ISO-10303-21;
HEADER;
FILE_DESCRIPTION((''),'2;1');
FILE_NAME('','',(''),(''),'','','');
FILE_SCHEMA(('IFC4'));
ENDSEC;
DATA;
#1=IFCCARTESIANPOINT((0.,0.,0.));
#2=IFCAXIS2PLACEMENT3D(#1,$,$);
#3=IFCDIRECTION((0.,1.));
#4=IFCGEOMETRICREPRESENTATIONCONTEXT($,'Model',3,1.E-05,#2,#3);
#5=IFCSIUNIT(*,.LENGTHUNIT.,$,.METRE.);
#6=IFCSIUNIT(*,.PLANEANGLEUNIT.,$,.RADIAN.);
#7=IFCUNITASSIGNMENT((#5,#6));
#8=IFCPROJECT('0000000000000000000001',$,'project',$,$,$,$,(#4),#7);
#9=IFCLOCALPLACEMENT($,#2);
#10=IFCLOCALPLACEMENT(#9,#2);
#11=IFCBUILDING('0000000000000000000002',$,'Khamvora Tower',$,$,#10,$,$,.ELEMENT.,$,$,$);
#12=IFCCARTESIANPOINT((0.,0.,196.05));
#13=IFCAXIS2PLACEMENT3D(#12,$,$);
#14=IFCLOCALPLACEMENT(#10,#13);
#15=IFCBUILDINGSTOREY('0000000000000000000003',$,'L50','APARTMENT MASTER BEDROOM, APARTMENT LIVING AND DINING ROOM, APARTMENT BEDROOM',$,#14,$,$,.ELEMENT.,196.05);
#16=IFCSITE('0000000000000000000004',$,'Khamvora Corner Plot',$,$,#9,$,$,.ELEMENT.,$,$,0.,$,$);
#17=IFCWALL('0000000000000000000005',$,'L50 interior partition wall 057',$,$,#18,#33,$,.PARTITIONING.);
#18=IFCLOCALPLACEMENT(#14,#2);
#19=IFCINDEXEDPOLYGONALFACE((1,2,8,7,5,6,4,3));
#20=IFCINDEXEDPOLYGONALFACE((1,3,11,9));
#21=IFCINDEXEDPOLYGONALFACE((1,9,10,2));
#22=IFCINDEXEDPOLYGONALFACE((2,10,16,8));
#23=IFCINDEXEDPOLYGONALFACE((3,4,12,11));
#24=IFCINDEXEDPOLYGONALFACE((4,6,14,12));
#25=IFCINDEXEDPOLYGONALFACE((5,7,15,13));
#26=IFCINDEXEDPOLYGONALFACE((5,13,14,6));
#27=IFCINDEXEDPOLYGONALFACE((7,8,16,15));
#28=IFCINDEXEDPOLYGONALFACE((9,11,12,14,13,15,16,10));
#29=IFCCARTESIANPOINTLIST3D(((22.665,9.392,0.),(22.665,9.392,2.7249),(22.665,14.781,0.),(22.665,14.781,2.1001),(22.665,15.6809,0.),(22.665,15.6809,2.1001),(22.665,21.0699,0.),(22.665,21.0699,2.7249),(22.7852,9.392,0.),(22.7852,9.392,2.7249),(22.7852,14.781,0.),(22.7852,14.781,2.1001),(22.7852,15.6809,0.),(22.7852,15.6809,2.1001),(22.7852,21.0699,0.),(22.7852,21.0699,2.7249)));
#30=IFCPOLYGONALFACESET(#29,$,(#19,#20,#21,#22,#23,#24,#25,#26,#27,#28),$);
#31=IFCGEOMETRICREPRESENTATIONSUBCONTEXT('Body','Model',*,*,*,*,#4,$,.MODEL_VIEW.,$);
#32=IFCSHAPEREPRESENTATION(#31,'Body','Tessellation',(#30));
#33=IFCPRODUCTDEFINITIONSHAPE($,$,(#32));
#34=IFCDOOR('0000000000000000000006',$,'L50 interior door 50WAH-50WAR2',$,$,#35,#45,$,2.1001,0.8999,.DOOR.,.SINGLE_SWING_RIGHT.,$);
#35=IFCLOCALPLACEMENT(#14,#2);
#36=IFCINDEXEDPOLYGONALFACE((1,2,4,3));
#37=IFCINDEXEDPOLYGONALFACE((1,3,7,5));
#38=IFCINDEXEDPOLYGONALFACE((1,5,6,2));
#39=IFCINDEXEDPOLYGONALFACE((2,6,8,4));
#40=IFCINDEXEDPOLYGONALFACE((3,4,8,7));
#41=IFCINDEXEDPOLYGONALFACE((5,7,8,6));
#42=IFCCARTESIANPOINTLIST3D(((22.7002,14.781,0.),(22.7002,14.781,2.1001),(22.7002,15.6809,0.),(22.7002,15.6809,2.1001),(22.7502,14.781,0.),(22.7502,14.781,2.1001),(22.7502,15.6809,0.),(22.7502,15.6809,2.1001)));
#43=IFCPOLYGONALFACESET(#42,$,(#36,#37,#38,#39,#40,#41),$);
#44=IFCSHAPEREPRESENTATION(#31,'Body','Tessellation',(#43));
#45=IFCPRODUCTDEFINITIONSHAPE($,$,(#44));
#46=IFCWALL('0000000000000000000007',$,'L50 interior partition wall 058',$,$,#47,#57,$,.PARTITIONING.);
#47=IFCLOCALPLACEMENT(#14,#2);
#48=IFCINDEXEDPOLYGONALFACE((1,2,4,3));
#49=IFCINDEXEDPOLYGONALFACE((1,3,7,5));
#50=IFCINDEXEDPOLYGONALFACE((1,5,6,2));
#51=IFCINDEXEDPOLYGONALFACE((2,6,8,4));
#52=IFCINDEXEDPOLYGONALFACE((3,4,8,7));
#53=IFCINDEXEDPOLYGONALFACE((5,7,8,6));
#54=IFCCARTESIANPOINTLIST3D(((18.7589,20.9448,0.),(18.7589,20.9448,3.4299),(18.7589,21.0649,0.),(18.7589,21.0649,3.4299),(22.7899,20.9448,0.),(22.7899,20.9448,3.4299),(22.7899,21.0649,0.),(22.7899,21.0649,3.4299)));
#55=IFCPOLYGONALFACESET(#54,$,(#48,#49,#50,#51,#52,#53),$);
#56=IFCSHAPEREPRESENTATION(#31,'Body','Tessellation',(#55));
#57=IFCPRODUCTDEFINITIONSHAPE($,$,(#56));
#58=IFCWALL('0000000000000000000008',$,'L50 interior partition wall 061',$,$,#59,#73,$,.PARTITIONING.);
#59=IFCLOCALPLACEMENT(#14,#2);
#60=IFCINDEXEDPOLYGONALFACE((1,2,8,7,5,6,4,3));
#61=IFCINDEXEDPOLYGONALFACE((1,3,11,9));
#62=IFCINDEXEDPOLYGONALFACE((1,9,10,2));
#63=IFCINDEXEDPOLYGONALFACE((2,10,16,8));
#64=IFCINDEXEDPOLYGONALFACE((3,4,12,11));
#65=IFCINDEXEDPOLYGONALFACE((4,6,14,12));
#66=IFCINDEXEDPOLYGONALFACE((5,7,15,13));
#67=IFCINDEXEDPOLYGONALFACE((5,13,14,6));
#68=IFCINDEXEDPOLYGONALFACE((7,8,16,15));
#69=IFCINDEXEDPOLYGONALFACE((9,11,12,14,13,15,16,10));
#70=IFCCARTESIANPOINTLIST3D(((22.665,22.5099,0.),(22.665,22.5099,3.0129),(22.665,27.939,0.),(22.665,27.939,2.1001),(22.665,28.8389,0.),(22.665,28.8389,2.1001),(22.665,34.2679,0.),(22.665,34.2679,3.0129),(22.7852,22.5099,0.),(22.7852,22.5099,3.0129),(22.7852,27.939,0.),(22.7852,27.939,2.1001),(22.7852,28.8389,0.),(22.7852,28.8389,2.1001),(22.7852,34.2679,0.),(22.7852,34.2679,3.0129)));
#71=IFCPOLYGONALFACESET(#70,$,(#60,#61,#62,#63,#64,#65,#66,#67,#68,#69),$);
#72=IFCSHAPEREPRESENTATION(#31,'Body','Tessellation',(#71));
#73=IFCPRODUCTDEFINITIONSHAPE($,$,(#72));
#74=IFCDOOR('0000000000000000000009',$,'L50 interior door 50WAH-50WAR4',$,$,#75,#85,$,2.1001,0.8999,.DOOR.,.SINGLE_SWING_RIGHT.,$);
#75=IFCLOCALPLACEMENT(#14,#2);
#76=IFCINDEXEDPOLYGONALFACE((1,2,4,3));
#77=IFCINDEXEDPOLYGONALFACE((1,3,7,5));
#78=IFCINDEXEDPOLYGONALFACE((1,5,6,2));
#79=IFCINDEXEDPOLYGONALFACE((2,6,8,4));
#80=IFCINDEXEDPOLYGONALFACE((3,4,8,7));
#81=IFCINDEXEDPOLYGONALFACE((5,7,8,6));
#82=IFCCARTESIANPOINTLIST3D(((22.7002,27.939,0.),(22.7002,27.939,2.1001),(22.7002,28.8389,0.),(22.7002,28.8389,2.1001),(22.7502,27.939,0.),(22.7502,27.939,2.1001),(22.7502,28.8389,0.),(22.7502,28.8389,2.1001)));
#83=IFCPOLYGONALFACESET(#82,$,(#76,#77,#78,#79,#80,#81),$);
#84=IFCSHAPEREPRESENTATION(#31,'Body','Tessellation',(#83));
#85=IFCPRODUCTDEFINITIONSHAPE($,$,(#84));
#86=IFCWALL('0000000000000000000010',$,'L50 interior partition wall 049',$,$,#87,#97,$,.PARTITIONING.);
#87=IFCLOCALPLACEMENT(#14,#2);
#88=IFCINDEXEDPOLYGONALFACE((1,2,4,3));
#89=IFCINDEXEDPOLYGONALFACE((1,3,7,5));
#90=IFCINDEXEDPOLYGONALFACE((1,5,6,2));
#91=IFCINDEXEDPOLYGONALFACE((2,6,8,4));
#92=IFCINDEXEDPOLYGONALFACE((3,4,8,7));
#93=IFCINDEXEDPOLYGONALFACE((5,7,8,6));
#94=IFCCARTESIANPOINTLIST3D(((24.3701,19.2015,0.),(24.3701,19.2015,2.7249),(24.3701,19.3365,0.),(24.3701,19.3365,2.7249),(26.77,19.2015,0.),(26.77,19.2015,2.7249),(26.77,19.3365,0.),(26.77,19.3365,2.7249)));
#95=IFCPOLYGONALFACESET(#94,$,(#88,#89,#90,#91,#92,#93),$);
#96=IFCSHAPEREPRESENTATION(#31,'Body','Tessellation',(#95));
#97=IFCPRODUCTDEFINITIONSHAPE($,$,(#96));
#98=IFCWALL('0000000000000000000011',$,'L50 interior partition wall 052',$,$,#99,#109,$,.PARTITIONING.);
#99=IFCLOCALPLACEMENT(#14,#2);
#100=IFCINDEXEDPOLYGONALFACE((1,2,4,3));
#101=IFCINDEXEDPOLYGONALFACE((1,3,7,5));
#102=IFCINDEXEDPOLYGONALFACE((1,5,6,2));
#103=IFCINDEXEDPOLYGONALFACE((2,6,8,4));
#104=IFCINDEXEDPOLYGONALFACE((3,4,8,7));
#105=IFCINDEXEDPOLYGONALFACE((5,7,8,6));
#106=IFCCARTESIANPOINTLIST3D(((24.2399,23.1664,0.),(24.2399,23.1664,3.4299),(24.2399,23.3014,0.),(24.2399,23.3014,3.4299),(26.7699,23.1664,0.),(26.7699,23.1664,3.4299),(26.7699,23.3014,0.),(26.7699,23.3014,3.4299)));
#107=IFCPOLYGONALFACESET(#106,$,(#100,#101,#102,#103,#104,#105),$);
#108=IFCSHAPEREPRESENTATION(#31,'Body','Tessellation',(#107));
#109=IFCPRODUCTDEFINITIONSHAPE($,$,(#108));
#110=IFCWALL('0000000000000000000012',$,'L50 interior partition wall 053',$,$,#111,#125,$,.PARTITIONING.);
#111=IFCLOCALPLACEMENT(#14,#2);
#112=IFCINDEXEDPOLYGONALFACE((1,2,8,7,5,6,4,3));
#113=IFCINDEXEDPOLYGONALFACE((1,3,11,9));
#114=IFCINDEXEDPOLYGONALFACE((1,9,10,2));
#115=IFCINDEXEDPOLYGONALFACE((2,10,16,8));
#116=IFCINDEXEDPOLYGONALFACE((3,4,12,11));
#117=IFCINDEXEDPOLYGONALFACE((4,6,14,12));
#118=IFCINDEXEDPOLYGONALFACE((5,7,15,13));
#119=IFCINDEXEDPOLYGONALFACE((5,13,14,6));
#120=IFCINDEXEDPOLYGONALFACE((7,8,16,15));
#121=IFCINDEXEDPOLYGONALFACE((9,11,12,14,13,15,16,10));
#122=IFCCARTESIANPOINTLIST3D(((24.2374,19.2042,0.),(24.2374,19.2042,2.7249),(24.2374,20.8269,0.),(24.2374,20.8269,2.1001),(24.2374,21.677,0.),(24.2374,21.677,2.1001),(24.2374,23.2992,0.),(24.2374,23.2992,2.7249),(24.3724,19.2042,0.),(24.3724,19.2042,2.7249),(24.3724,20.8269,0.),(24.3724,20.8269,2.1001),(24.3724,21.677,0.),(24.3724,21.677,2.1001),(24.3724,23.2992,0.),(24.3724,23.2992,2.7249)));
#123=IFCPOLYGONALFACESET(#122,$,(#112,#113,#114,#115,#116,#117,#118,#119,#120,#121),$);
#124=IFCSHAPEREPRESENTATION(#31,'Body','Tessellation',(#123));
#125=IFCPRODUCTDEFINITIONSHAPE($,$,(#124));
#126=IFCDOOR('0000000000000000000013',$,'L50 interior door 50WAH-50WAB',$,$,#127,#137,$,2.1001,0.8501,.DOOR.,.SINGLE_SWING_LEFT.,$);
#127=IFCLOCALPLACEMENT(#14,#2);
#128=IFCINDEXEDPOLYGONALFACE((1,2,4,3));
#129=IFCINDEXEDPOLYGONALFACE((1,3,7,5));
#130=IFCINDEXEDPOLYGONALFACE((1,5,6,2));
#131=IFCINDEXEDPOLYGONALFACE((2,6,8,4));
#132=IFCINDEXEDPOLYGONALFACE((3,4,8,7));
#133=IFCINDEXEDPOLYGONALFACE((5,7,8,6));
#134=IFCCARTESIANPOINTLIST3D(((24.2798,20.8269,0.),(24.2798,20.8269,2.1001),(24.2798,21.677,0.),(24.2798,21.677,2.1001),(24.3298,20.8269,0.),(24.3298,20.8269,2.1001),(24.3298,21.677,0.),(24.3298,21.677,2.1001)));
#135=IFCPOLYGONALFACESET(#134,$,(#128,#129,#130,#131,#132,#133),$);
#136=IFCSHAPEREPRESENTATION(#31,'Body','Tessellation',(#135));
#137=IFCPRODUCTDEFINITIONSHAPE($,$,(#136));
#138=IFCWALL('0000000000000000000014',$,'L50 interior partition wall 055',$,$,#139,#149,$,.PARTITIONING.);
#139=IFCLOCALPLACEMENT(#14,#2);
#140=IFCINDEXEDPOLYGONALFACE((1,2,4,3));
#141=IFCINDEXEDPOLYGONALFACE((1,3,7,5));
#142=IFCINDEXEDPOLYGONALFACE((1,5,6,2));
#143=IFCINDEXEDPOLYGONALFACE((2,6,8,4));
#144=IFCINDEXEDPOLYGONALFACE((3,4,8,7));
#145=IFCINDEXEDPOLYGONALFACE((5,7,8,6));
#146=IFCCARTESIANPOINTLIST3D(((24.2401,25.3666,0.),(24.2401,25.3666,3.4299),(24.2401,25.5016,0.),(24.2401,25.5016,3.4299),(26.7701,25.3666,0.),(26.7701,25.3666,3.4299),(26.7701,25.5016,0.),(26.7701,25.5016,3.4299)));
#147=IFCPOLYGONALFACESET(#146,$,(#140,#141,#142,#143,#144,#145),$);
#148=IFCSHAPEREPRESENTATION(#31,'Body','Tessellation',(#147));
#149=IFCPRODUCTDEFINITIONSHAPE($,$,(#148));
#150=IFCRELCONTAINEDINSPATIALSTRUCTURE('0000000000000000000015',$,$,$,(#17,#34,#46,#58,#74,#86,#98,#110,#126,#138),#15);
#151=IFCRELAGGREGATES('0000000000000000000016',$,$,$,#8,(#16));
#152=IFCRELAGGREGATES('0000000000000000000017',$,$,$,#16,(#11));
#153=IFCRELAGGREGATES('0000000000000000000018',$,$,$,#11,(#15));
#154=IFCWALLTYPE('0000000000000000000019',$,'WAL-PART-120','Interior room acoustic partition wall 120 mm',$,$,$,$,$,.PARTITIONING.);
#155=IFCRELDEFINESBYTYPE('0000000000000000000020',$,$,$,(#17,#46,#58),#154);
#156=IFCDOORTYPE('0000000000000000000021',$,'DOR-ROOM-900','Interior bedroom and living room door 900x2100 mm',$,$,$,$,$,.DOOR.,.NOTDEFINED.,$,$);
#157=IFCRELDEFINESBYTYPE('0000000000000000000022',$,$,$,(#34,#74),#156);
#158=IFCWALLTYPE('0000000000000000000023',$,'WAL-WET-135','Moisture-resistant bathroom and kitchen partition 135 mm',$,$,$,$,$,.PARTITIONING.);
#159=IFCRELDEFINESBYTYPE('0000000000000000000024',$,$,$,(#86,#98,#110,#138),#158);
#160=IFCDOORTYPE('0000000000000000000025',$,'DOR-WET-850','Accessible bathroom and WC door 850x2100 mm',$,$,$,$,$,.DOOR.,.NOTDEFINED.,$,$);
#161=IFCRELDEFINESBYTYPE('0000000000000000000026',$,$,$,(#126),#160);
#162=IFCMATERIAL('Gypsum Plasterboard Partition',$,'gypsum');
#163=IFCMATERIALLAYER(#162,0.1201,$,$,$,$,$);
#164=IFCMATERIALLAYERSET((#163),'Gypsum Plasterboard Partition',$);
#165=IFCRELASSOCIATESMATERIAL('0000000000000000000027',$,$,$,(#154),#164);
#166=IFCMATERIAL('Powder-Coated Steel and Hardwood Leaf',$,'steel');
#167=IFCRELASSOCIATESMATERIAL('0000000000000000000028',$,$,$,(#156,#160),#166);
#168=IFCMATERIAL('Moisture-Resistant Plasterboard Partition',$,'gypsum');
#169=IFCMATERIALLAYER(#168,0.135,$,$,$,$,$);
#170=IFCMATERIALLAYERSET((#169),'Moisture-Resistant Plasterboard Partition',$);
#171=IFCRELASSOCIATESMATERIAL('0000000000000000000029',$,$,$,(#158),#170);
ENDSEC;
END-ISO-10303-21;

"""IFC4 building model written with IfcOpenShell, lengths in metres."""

from ifc_helpers import new_model, si_unit, direction, frame, frame_2d, origin, place, context, subcontext, project, spatial, rectangle, extrude, material, layer, layer_set, type_object, element, fill, save


model = new_model("IFC4")

# Units and contexts
model_context = context("Model", 3, precision=1e-05, world=origin(), true_north=direction((0.0, 1.0)))
body_context = subcontext(model_context, "Body", "Model", "MODEL_VIEW")
ifc_project = project(units=[si_unit("LENGTHUNIT", "METRE"), si_unit("PLANEANGLEUNIT", "RADIAN")], contexts=[model_context])

# Site, building, storey
site_placement = place(None, origin())
site = spatial("IfcSite", under=ifc_project, at=site_placement, Name="Khamvora Corner Plot", CompositionType="ELEMENT", RefElevation=0.0)
building_placement = place(site_placement, origin())
building = spatial("IfcBuilding", under=site, at=building_placement, Name="Khamvora Tower", CompositionType="ELEMENT")
storey_placement = place(building_placement, frame((0.0, 0.0, 196.05)))
storey = spatial("IfcBuildingStorey", under=building, at=storey_placement, Name="L50", Description="APARTMENT MASTER BEDROOM, APARTMENT LIVING AND DINING ROOM, APARTMENT BEDROOM", CompositionType="ELEMENT", Elevation=196.05)

# Shared definitions
ifc_material_1 = material(Name="Powder-Coated Steel and Hardwood Leaf", Category="steel")

# Shared definitions
ifc_material_2 = material(Name="Gypsum Plasterboard Partition", Category="gypsum")
ifc_layer_1 = layer(ifc_material_2, 0.1201)
ifc_layer_set_1 = layer_set([ifc_layer_1], Name="Gypsum Plasterboard Partition")
wall_type_1 = type_object("IfcWallType", Name="WAL-PART-120", Description="Interior room acoustic partition wall 120 mm", PredefinedType="PARTITIONING", material=ifc_layer_set_1)

# Wall, opening, door
door_type_1 = type_object("IfcDoorType", Name="DOR-ROOM-900", Description="Interior bedroom and living room door 900x2100 mm", OperationType="NOTDEFINED", PredefinedType="DOOR", material=ifc_material_1)
wall_1_placement = place(storey_placement, frame((22.7251, 9.3921, 0.0), z_axis=(0.0, 0.0, 1.0), x_axis=(0.0, 1.0, 0.0)))
wall_1 = element("IfcWall", 1, at=wall_1_placement, inside=storey, type_object=wall_type_1, Name="L50 interior partition wall 057", PredefinedType="PARTITIONING", context=body_context, shape_type="SweptSolid", body=[
    extrude(rectangle(XDim=11.678, YDim=0.1201, at=frame_2d((5.8389, 0.0))), origin(), (0.0, 0.0, 1.0), 2.7249),
])
opening_1_placement = place(wall_1_placement, frame((5.3889, 0.0, 0.0)))
opening_1 = element("IfcOpeningElement", 2, at=opening_1_placement, cuts=wall_1, PredefinedType="OPENING", context=body_context, shape_type="SweptSolid", body=[
    extrude(rectangle(XDim=0.8999, YDim=2.1001, at=frame_2d((0.45, 1.05))), frame((0.0, 0.0701, 0.0), z_axis=(0.0, -1.0, 0.0), x_axis=(1.0, 0.0, 0.0)), (0.0, 0.0, 1.0), 0.1401),
])
door_1_placement = place(opening_1_placement, origin())
door_1 = element("IfcDoor", 3, at=door_1_placement, inside=storey, type_object=door_type_1, Name="L50 interior door 50WAH-50WAR2", OperationType="SINGLE_SWING_RIGHT", OverallHeight=2.1001, OverallWidth=0.8999, PredefinedType="DOOR", context=body_context, shape_type="SweptSolid", body=[
    extrude(rectangle(XDim=0.8999, YDim=2.1001, at=frame_2d((0.45, 1.05))), frame((0.0, 0.0249, 0.0), z_axis=(0.0, -1.0, 0.0), x_axis=(1.0, 0.0, 0.0)), (0.0, 0.0, 1.0), 0.05),
])
fill(opening_1, door_1)

# Wall
wall_2_placement = place(storey_placement, frame((22.79, 21.0049, 0.0), z_axis=(0.0, 0.0, 1.0), x_axis=(-1.0, 0.0, 0.0)))
element("IfcWall", 4, at=wall_2_placement, inside=storey, type_object=wall_type_1, Name="L50 interior partition wall 058", PredefinedType="PARTITIONING", context=body_context, shape_type="SweptSolid", body=[
    extrude(rectangle(XDim=4.031, YDim=0.1201, at=frame_2d((2.0156, 0.0))), origin(), (0.0, 0.0, 1.0), 3.4299),
])

# Wall, opening, door
wall_3_placement = place(storey_placement, frame((22.7251, 22.51, 0.0), z_axis=(0.0, 0.0, 1.0), x_axis=(0.0, 1.0, 0.0)))
wall_3 = element("IfcWall", 5, at=wall_3_placement, inside=storey, type_object=wall_type_1, Name="L50 interior partition wall 061", PredefinedType="PARTITIONING", context=body_context, shape_type="SweptSolid", body=[
    extrude(rectangle(XDim=11.7581, YDim=0.1201, at=frame_2d((5.8789, 0.0))), origin(), (0.0, 0.0, 1.0), 3.0129),
])
opening_2_placement = place(wall_3_placement, frame((5.429, 0.0, 0.0)))
opening_2 = element("IfcOpeningElement", 6, at=opening_2_placement, cuts=wall_3, PredefinedType="OPENING", context=body_context, shape_type="SweptSolid", body=[
    extrude(rectangle(XDim=0.8999, YDim=2.1001, at=frame_2d((0.45, 1.05))), frame((0.0, 0.0701, 0.0), z_axis=(0.0, -1.0, 0.0), x_axis=(1.0, 0.0, 0.0)), (0.0, 0.0, 1.0), 0.1401),
])
door_2_placement = place(opening_2_placement, origin())
door_2 = element("IfcDoor", 7, at=door_2_placement, inside=storey, type_object=door_type_1, Name="L50 interior door 50WAH-50WAR4", OperationType="SINGLE_SWING_RIGHT", OverallHeight=2.1001, OverallWidth=0.8999, PredefinedType="DOOR", context=body_context, shape_type="SweptSolid", body=[
    extrude(rectangle(XDim=0.8999, YDim=2.1001, at=frame_2d((0.45, 1.05))), frame((0.0, 0.0249, 0.0), z_axis=(0.0, -1.0, 0.0), x_axis=(1.0, 0.0, 0.0)), (0.0, 0.0, 1.0), 0.05),
])
fill(opening_2, door_2)

# Walls
ifc_material_3 = material(Name="Moisture-Resistant Plasterboard Partition", Category="gypsum")
ifc_layer_2 = layer(ifc_material_3, 0.135)
ifc_layer_set_2 = layer_set([ifc_layer_2], Name="Moisture-Resistant Plasterboard Partition")
wall_type_2 = type_object("IfcWallType", Name="WAL-WET-135", Description="Moisture-resistant bathroom and kitchen partition 135 mm", PredefinedType="PARTITIONING", material=ifc_layer_set_2)
wall_4_placement = place(storey_placement, frame((24.3701, 19.269, 0.0), z_axis=(0.0, 0.0, 1.0), x_axis=(1.0, 0.0, 0.0)))
element("IfcWall", 8, at=wall_4_placement, inside=storey, type_object=wall_type_2, Name="L50 interior partition wall 049", PredefinedType="PARTITIONING", context=body_context, shape_type="SweptSolid", body=[
    extrude(rectangle(XDim=2.3999, YDim=0.135, at=frame_2d((1.2, 0.0))), origin(), (0.0, 0.0, 1.0), 2.7249),
])
wall_5_placement = place(storey_placement, frame((26.77, 23.2339, 0.0), z_axis=(0.0, 0.0, 1.0), x_axis=(-1.0, 0.0, 0.0)))
element("IfcWall", 9, at=wall_5_placement, inside=storey, type_object=wall_type_2, Name="L50 interior partition wall 052", PredefinedType="PARTITIONING", context=body_context, shape_type="SweptSolid", body=[
    extrude(rectangle(XDim=2.53, YDim=0.135, at=frame_2d((1.2651, 0.0))), origin(), (0.0, 0.0, 1.0), 3.4299),
])

# Wall, opening, door
wall_6_placement = place(storey_placement, frame((24.3049, 23.2991, 0.0), z_axis=(0.0, 0.0, 1.0), x_axis=(0.0, -1.0, 0.0)))
wall_6 = element("IfcWall", 10, at=wall_6_placement, inside=storey, type_object=wall_type_2, Name="L50 interior partition wall 053", PredefinedType="PARTITIONING", context=body_context, shape_type="SweptSolid", body=[
    extrude(rectangle(XDim=4.095, YDim=0.135, at=frame_2d((2.0474, 0.0))), origin(), (0.0, 0.0, 1.0), 2.7249),
])
opening_3_placement = place(wall_6_placement, frame((1.6221, 0.0, 0.0)))
opening_3 = element("IfcOpeningElement", 11, at=opening_3_placement, cuts=wall_6, PredefinedType="OPENING", context=body_context, shape_type="SweptSolid", body=[
    extrude(rectangle(XDim=0.8501, YDim=2.1001, at=frame_2d((0.425, 1.05))), frame((0.0, 0.0774, 0.0), z_axis=(0.0, -1.0, 0.0), x_axis=(1.0, 0.0, 0.0)), (0.0, 0.0, 1.0), 0.155),
])
door_type_2 = type_object("IfcDoorType", Name="DOR-WET-850", Description="Accessible bathroom and WC door 850x2100 mm", OperationType="NOTDEFINED", PredefinedType="DOOR", material=ifc_material_1)
door_3_placement = place(opening_3_placement, origin())
door_3 = element("IfcDoor", 12, at=door_3_placement, inside=storey, type_object=door_type_2, Name="L50 interior door 50WAH-50WAB", OperationType="SINGLE_SWING_LEFT", OverallHeight=2.1001, OverallWidth=0.8501, PredefinedType="DOOR", context=body_context, shape_type="SweptSolid", body=[
    extrude(rectangle(XDim=0.8501, YDim=2.1001, at=frame_2d((0.425, 1.05))), frame((0.0, 0.0249, 0.0), z_axis=(0.0, -1.0, 0.0), x_axis=(1.0, 0.0, 0.0)), (0.0, 0.0, 1.0), 0.05),
])
fill(opening_3, door_3)

# Wall
wall_7_placement = place(storey_placement, frame((24.24, 25.4341, 0.0), z_axis=(0.0, 0.0, 1.0), x_axis=(1.0, 0.0, 0.0)))
element("IfcWall", 13, at=wall_7_placement, inside=storey, type_object=wall_type_2, Name="L50 interior partition wall 055", PredefinedType="PARTITIONING", context=body_context, shape_type="SweptSolid", body=[
    extrude(rectangle(XDim=2.53, YDim=0.135, at=frame_2d((1.2651, 0.0))), origin(), (0.0, 0.0, 1.0), 3.4299),
])

save(model, "model.ifc")
